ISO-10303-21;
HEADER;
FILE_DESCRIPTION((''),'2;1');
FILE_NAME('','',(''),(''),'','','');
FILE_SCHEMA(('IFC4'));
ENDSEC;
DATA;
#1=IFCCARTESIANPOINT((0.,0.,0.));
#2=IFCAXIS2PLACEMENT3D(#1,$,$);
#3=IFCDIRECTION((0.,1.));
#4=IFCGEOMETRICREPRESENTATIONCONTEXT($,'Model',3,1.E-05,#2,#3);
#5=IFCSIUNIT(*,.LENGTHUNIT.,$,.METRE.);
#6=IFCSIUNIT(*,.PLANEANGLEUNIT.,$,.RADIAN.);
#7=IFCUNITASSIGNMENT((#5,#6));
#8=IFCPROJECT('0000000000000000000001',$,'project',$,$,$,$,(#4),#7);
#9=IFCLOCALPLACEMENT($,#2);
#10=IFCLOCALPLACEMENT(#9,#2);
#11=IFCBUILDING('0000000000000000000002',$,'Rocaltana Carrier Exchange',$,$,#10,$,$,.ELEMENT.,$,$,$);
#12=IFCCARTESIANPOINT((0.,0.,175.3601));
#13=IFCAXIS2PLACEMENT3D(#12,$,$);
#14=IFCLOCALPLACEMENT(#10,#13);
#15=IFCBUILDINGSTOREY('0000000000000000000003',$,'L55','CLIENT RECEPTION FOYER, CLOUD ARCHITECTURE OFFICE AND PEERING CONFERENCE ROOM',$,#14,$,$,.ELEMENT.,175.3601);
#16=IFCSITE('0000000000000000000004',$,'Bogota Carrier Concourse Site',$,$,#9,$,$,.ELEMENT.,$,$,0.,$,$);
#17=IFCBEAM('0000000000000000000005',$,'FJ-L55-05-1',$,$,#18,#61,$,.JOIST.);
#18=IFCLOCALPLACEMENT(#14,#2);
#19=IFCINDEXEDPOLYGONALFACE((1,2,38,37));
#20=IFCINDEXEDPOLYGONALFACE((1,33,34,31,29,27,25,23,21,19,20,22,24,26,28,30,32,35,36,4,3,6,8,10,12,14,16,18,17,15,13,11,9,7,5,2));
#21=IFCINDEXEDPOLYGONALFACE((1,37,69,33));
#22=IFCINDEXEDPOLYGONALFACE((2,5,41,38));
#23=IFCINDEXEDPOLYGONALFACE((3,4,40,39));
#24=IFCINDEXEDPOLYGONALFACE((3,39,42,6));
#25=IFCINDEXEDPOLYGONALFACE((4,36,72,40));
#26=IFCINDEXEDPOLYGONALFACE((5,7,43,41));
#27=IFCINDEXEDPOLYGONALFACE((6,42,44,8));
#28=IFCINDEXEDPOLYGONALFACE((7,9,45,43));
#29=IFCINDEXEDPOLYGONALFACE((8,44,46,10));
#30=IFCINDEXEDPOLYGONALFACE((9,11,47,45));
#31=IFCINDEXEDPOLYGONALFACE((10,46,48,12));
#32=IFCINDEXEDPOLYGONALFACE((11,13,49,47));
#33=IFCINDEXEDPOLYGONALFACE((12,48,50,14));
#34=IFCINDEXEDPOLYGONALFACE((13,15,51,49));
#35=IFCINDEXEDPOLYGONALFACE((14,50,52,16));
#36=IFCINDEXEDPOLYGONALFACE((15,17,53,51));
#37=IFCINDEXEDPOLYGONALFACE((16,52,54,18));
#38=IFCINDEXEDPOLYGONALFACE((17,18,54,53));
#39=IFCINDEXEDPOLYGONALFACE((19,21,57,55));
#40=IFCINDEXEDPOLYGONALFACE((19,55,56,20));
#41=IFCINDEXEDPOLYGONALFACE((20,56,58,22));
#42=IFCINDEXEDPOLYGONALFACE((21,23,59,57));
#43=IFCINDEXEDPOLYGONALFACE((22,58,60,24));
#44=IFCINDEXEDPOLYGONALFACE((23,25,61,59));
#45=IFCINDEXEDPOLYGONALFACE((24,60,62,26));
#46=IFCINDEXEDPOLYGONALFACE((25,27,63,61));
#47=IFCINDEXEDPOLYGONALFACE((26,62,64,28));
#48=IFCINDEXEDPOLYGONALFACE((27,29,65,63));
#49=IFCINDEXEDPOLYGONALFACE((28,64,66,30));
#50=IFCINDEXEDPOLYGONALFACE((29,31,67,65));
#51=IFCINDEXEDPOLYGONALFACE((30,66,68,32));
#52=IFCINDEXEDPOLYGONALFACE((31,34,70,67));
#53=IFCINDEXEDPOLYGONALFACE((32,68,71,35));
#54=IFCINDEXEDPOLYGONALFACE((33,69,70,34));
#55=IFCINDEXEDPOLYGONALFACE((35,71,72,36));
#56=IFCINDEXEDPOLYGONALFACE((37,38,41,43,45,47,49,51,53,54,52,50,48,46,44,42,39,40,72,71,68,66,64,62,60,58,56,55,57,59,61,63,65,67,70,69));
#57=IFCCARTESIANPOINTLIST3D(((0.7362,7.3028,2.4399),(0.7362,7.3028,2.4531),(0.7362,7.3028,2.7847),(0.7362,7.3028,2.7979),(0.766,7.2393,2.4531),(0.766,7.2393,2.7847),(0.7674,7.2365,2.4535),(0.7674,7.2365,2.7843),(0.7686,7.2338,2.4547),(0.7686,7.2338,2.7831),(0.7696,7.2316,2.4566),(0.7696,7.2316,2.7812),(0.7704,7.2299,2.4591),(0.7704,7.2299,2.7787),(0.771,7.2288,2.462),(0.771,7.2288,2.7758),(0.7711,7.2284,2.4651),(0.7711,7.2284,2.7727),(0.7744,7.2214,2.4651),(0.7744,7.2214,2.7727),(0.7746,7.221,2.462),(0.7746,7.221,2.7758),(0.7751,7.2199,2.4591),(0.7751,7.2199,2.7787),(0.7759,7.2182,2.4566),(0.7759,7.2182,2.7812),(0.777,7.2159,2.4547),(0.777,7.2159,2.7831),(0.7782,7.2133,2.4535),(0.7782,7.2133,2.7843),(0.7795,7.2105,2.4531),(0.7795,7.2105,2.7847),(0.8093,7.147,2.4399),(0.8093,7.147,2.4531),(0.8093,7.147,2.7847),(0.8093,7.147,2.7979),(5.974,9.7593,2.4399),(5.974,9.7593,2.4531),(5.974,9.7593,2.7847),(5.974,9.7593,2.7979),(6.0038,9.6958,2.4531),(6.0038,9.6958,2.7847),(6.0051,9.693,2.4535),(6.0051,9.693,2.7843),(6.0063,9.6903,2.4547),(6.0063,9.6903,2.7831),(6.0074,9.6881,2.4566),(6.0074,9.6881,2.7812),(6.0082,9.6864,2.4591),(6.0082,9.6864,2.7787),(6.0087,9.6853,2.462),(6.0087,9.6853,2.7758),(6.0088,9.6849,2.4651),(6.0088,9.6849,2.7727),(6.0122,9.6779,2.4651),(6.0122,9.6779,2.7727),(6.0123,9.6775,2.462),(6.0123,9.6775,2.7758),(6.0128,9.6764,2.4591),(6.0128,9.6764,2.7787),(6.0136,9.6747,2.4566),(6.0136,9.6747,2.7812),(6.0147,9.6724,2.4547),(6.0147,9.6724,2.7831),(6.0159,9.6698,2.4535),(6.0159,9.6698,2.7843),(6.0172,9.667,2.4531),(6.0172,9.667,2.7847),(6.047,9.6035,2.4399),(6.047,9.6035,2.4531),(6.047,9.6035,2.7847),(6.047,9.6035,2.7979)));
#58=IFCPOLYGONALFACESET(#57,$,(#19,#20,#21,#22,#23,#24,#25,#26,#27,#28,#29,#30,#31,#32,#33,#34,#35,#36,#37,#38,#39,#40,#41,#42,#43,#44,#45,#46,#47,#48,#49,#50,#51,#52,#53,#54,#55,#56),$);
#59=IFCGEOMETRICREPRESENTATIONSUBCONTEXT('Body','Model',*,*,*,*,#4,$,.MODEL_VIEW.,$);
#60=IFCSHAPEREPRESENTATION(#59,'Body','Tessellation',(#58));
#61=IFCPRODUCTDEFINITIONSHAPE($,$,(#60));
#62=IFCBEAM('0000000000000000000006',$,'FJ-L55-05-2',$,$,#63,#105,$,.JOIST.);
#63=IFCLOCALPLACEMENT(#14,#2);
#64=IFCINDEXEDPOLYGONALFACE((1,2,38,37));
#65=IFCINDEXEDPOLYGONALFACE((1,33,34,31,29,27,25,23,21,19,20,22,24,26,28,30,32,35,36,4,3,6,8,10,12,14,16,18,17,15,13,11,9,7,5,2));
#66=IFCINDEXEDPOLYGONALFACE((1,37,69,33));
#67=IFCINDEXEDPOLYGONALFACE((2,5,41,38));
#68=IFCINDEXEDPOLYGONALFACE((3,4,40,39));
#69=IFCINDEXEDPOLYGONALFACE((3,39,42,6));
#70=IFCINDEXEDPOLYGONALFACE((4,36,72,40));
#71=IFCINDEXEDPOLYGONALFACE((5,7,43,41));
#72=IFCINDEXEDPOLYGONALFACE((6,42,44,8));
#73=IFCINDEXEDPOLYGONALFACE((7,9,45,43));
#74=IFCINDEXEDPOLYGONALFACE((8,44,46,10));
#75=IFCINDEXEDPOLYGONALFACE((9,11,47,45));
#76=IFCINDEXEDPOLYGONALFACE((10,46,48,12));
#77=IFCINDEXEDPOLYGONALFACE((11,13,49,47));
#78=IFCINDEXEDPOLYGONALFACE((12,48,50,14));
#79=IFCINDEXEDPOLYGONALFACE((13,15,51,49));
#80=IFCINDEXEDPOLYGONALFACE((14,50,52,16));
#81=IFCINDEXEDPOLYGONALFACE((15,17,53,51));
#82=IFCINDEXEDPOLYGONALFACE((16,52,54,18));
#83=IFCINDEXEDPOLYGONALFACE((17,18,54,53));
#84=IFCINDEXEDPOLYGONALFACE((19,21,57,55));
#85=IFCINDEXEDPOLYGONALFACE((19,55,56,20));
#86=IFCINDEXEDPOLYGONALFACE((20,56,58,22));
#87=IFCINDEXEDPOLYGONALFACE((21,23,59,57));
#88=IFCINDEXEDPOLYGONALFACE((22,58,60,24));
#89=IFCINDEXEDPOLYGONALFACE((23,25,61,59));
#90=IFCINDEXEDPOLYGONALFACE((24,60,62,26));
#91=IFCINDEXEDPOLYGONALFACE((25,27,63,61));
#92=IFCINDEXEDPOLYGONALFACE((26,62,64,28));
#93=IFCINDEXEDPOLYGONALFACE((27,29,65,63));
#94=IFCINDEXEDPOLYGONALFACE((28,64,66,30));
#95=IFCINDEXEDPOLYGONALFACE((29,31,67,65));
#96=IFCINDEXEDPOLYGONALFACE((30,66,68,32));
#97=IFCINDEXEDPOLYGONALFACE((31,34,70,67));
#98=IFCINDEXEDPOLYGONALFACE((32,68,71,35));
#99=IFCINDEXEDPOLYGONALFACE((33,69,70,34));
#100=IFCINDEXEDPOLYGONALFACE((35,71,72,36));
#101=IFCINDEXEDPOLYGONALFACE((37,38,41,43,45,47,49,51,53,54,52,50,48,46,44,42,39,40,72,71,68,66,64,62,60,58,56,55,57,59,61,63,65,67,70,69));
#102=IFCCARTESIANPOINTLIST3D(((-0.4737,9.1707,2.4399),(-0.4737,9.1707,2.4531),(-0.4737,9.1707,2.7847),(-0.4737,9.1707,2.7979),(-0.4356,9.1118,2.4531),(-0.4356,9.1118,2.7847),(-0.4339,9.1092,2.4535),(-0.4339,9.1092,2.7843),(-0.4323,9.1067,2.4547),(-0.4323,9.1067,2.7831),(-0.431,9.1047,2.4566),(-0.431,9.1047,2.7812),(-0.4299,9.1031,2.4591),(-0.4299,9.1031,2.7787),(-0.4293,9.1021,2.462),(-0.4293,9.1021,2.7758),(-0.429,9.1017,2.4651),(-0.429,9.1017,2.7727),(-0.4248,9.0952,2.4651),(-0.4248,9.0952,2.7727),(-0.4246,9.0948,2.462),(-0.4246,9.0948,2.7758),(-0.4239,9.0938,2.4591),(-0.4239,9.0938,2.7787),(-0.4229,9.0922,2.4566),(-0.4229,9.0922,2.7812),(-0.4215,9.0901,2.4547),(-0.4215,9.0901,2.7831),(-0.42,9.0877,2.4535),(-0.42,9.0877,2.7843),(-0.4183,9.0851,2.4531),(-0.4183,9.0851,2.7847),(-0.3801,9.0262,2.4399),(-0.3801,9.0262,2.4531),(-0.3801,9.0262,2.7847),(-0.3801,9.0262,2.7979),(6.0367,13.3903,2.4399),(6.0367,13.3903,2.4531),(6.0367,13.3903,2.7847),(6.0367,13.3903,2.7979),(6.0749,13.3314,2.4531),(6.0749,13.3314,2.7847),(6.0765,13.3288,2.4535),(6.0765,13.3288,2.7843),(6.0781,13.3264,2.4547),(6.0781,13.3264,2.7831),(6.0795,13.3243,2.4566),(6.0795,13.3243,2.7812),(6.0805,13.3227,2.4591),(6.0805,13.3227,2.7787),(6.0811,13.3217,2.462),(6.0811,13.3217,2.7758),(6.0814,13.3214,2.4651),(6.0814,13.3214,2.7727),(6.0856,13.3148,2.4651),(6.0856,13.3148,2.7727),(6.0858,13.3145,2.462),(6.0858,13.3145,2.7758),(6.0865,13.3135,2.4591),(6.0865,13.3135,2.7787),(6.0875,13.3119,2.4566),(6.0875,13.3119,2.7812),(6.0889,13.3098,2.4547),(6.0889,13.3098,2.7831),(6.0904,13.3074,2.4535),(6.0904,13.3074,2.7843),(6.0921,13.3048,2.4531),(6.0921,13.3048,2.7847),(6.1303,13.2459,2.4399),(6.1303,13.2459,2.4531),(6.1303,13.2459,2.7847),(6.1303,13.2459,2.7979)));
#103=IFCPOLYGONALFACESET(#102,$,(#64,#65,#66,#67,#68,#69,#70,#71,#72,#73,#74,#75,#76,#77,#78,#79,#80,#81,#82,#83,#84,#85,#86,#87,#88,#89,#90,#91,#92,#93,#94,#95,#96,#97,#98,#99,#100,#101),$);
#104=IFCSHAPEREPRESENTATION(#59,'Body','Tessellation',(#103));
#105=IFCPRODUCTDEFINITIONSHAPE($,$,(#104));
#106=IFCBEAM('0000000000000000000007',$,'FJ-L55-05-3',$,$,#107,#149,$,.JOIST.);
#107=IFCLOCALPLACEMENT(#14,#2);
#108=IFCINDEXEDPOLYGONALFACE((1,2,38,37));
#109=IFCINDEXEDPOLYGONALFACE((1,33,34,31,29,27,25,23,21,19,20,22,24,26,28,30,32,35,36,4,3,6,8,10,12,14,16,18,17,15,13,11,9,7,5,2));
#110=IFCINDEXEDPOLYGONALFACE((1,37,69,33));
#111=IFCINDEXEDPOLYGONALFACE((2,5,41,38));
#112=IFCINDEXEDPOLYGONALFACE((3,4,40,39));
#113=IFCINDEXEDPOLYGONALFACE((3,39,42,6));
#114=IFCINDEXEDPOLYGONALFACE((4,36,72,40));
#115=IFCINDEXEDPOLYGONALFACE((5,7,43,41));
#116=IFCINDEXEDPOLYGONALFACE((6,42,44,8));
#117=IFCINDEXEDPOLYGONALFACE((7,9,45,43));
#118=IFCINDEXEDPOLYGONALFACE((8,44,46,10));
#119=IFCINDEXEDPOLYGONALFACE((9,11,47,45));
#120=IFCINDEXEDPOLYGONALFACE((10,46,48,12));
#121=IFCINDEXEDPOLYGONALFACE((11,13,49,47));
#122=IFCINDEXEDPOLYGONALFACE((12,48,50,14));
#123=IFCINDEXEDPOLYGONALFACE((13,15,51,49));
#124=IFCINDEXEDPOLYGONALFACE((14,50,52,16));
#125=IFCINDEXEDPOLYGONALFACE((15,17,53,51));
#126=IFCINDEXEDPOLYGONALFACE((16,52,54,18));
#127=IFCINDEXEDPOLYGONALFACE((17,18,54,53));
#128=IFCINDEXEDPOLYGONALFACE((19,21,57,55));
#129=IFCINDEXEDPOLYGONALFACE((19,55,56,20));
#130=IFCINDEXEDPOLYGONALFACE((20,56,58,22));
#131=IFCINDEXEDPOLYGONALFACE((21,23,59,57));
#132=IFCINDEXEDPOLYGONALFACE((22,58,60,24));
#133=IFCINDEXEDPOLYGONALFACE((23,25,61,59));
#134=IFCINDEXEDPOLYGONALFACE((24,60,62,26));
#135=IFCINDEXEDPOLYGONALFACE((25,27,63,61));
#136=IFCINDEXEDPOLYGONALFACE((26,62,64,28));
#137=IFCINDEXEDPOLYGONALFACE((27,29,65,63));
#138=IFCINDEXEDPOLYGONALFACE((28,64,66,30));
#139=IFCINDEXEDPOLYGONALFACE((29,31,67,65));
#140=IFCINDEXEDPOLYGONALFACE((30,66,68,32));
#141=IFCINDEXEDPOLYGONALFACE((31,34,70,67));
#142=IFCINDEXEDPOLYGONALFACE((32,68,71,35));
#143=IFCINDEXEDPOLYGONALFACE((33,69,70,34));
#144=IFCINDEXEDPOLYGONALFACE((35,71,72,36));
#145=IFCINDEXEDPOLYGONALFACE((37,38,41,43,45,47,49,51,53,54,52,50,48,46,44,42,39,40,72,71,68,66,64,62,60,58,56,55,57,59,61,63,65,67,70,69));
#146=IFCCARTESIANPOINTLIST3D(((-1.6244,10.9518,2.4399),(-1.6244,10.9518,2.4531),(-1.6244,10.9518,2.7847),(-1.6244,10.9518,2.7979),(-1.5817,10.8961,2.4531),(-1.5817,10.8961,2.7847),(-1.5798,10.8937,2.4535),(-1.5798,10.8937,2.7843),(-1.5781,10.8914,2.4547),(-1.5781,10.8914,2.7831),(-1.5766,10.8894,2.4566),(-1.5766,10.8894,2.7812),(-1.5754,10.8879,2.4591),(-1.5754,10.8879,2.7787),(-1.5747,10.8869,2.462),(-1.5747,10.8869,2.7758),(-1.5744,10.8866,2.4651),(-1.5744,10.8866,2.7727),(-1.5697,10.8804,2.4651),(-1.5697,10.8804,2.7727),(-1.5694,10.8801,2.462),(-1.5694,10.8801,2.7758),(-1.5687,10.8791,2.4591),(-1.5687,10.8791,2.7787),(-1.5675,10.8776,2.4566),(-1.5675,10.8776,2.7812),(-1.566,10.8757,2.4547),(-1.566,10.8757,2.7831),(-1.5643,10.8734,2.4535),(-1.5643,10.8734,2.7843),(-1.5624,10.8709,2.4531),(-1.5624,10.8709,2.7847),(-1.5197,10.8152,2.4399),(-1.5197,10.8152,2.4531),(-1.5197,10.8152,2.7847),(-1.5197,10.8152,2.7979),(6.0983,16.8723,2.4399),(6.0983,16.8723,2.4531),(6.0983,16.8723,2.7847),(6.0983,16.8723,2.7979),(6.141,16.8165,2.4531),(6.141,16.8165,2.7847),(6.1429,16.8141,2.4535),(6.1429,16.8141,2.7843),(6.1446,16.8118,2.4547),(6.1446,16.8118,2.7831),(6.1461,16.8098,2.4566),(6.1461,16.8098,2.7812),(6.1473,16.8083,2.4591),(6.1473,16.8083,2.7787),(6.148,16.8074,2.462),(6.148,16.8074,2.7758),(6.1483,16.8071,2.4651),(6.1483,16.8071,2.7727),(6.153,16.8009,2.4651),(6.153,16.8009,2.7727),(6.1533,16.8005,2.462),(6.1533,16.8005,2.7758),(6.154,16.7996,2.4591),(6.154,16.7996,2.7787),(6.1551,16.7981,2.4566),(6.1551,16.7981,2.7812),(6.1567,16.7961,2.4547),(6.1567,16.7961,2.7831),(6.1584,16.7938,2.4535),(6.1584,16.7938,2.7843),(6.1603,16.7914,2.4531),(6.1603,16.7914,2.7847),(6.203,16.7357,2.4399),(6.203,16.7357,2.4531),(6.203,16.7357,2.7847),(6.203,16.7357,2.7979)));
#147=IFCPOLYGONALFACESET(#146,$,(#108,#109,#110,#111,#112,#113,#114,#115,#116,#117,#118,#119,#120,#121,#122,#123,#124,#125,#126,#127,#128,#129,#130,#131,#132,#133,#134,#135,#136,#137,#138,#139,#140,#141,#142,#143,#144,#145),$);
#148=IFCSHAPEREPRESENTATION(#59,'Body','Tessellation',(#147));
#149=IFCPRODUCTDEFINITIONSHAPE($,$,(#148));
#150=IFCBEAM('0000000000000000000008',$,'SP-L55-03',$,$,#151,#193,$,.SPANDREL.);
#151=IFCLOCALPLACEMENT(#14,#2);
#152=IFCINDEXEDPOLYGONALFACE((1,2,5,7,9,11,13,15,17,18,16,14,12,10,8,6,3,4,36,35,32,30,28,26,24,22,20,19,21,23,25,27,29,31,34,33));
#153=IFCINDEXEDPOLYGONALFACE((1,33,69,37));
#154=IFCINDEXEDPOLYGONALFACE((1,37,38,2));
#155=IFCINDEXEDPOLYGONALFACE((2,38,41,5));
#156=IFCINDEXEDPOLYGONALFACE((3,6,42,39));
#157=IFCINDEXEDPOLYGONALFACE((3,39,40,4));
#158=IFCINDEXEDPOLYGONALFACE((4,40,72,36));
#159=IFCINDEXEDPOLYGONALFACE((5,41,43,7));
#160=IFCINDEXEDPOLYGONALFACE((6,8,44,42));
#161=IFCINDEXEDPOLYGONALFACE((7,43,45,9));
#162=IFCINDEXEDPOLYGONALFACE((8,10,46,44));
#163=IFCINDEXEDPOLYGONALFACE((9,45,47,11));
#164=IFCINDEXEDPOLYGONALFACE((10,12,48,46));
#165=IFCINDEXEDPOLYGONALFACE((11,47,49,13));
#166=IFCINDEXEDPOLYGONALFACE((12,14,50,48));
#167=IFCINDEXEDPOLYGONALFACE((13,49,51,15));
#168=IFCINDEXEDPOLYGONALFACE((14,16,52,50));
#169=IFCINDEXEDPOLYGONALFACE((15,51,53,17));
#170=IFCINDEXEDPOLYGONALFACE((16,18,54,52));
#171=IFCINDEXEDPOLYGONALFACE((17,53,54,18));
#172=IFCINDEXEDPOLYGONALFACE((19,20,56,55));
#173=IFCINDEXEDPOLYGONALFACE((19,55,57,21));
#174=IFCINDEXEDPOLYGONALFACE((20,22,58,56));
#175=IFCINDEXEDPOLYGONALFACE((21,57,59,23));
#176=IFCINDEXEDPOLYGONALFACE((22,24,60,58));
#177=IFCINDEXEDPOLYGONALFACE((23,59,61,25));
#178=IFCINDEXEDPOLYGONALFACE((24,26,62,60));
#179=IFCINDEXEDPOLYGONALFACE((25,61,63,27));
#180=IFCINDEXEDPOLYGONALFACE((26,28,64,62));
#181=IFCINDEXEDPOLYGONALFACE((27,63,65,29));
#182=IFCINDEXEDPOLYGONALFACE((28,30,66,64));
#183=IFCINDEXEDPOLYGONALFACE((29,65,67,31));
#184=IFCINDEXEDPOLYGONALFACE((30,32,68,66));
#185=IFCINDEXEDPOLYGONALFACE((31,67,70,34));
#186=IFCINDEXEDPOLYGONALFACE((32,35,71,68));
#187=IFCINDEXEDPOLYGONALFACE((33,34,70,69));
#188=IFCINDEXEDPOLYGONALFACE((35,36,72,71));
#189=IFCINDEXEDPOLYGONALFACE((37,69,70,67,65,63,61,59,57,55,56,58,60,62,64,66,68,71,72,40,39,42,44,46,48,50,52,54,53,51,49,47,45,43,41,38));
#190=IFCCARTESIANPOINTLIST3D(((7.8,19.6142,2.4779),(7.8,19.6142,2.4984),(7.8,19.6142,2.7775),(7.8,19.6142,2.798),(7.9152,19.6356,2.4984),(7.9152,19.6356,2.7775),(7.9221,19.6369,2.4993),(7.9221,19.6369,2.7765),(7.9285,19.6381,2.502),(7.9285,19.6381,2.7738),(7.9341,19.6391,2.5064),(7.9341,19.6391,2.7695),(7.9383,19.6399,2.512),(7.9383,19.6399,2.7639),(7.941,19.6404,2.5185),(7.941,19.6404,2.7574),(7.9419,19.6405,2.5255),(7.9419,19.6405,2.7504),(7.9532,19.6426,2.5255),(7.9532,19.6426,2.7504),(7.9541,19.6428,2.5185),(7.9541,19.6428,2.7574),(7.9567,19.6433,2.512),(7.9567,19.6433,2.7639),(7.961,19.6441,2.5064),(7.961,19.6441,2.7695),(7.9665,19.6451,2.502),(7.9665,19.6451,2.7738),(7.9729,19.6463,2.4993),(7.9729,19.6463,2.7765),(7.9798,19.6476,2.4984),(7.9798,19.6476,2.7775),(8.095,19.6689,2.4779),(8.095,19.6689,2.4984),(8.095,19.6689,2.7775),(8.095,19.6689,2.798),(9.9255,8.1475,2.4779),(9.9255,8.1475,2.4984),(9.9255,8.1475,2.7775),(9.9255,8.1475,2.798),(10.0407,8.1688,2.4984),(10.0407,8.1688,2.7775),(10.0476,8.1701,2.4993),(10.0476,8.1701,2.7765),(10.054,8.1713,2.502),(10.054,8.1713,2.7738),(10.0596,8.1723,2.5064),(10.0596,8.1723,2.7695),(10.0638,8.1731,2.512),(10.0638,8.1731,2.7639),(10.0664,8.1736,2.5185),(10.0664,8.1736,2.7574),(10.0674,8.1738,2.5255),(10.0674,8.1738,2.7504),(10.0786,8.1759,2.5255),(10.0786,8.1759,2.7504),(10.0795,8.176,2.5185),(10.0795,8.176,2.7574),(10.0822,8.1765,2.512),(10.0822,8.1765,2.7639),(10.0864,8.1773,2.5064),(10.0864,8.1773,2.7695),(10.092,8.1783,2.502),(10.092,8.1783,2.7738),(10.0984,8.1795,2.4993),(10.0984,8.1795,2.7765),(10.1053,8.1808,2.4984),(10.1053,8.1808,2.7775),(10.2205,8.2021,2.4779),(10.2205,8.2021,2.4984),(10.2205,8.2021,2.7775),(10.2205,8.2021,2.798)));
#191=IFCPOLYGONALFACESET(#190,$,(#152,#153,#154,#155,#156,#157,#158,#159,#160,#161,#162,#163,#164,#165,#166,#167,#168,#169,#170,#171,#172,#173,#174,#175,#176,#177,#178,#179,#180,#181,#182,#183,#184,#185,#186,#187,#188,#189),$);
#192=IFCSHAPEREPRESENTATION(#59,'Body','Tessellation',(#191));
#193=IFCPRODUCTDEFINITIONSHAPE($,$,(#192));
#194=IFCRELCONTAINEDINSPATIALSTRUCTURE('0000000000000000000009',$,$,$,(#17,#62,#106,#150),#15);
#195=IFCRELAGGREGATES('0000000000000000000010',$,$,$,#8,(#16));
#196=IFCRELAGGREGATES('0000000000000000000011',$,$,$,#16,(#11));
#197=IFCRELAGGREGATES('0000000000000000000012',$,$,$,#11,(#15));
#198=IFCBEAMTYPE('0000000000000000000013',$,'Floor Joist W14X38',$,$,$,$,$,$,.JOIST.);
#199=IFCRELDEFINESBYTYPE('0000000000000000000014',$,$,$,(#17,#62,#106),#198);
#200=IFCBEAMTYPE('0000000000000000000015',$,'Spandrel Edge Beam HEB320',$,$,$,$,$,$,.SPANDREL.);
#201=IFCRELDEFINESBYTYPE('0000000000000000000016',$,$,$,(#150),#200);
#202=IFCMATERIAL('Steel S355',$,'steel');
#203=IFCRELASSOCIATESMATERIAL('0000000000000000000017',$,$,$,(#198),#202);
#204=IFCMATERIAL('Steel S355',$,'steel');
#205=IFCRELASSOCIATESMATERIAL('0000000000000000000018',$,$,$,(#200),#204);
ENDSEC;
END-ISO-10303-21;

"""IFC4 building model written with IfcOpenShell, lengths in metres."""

from ifc_helpers import new_model, si_unit, direction, frame, origin, origin_2d, place, context, subcontext, project, spatial, i_section, extrude, material, material_profile, profile_set, type_object, element, save


model = new_model("IFC4")

# Units and contexts
model_context = context("Model", 3, precision=1e-05, world=origin(), true_north=direction((0.0, 1.0)))
body_context = subcontext(model_context, "Body", "Model", "MODEL_VIEW")
ifc_project = project(units=[si_unit("LENGTHUNIT", "METRE"), si_unit("PLANEANGLEUNIT", "RADIAN")], contexts=[model_context])

# Site, building, storey
site_placement = place(None, origin())
site = spatial("IfcSite", under=ifc_project, at=site_placement, Name="Bogota Carrier Concourse Site", CompositionType="ELEMENT", RefElevation=0.0)
building_placement = place(site_placement, origin())
building = spatial("IfcBuilding", under=site, at=building_placement, Name="Rocaltana Carrier Exchange", CompositionType="ELEMENT")
storey_placement = place(building_placement, frame((0.0, 0.0, 175.3601)))
storey = spatial("IfcBuildingStorey", under=building, at=storey_placement, Name="L55", Description="CLIENT RECEPTION FOYER, CLOUD ARCHITECTURE OFFICE AND PEERING CONFERENCE ROOM", CompositionType="ELEMENT", Elevation=175.3601)

# Beams
ifc_material_1 = material(Name="Steel S355", Category="steel")
ifc_material_profile_1 = material_profile(ifc_material_1, i_section(OverallWidth=0.1721, OverallDepth=0.3579, WebThickness=0.0078, FlangeThickness=0.0132, FilletRadius=0.012, at=origin_2d()), Name="W14X38")
ifc_profile_set_1 = profile_set([ifc_material_profile_1], Name="Steel S355")
beam_type_1 = type_object("IfcBeamType", Name="Floor Joist W14X38", PredefinedType="JOIST", material=ifc_profile_set_1)
beam_1_placement = place(storey_placement, frame((6.0105, 9.6814, 2.6189), z_axis=(-0.905371, -0.424622, 0.0), x_axis=(0.424622, -0.905371, 0.0)))
element("IfcBeam", 1, at=beam_1_placement, inside=storey, type_object=beam_type_1, Name="FJ-L55-05-1", PredefinedType="JOIST", context=body_context, shape_type="SweptSolid", body=[
    extrude(i_section(OverallWidth=0.1721, OverallDepth=0.3579, WebThickness=0.0078, FlangeThickness=0.0132, FilletRadius=0.012, at=origin_2d()), origin(), (0.0, 0.0, 1.0), 5.7852),
])
beam_2_placement = place(storey_placement, frame((6.0835, 13.3181, 2.6189), z_axis=(-0.839155, -0.543892, 0.0), x_axis=(0.543892, -0.839155, 0.0)))
element("IfcBeam", 2, at=beam_2_placement, inside=storey, type_object=beam_type_1, Name="FJ-L55-05-2", PredefinedType="JOIST", context=body_context, shape_type="SweptSolid", body=[
    extrude(i_section(OverallWidth=0.1721, OverallDepth=0.3579, WebThickness=0.0078, FlangeThickness=0.0132, FilletRadius=0.012, at=origin_2d()), origin(), (0.0, 0.0, 1.0), 7.7583),
])
beam_3_placement = place(storey_placement, frame((6.1506, 16.804, 2.6189), z_axis=(-0.793621, -0.608413, 0.0), x_axis=(0.608413, -0.793621, 0.0)))
element("IfcBeam", 3, at=beam_3_placement, inside=storey, type_object=beam_type_1, Name="FJ-L55-05-3", PredefinedType="JOIST", context=body_context, shape_type="SweptSolid", body=[
    extrude(i_section(OverallWidth=0.1721, OverallDepth=0.3579, WebThickness=0.0078, FlangeThickness=0.0132, FilletRadius=0.012, at=origin_2d()), origin(), (0.0, 0.0, 1.0), 9.731),
])
ifc_material_2 = material(Name="Steel S355", Category="steel")
ifc_material_profile_2 = material_profile(ifc_material_2, i_section(OverallWidth=0.3, OverallDepth=0.3201, WebThickness=0.0115, FlangeThickness=0.0205, FilletRadius=0.0271, at=origin_2d()), Name="HEB320")
ifc_profile_set_2 = profile_set([ifc_material_profile_2], Name="Steel S355")
beam_type_2 = type_object("IfcBeamType", Name="Spandrel Edge Beam HEB320", PredefinedType="SPANDREL", material=ifc_profile_set_2)
beam_4_placement = place(storey_placement, frame((10.073, 8.1748, 2.6379), z_axis=(-0.182256, 0.983251, 0.0), x_axis=(-0.983251, -0.182256, 0.0)))
element("IfcBeam", 4, at=beam_4_placement, inside=storey, type_object=beam_type_2, Name="SP-L55-03", PredefinedType="SPANDREL", context=body_context, shape_type="SweptSolid", body=[
    extrude(i_section(OverallWidth=0.3, OverallDepth=0.3201, WebThickness=0.0115, FlangeThickness=0.0205, FilletRadius=0.0271, at=origin_2d()), origin(), (0.0, 0.0, 1.0), 11.6621),
])

save(model, "model.ifc")
